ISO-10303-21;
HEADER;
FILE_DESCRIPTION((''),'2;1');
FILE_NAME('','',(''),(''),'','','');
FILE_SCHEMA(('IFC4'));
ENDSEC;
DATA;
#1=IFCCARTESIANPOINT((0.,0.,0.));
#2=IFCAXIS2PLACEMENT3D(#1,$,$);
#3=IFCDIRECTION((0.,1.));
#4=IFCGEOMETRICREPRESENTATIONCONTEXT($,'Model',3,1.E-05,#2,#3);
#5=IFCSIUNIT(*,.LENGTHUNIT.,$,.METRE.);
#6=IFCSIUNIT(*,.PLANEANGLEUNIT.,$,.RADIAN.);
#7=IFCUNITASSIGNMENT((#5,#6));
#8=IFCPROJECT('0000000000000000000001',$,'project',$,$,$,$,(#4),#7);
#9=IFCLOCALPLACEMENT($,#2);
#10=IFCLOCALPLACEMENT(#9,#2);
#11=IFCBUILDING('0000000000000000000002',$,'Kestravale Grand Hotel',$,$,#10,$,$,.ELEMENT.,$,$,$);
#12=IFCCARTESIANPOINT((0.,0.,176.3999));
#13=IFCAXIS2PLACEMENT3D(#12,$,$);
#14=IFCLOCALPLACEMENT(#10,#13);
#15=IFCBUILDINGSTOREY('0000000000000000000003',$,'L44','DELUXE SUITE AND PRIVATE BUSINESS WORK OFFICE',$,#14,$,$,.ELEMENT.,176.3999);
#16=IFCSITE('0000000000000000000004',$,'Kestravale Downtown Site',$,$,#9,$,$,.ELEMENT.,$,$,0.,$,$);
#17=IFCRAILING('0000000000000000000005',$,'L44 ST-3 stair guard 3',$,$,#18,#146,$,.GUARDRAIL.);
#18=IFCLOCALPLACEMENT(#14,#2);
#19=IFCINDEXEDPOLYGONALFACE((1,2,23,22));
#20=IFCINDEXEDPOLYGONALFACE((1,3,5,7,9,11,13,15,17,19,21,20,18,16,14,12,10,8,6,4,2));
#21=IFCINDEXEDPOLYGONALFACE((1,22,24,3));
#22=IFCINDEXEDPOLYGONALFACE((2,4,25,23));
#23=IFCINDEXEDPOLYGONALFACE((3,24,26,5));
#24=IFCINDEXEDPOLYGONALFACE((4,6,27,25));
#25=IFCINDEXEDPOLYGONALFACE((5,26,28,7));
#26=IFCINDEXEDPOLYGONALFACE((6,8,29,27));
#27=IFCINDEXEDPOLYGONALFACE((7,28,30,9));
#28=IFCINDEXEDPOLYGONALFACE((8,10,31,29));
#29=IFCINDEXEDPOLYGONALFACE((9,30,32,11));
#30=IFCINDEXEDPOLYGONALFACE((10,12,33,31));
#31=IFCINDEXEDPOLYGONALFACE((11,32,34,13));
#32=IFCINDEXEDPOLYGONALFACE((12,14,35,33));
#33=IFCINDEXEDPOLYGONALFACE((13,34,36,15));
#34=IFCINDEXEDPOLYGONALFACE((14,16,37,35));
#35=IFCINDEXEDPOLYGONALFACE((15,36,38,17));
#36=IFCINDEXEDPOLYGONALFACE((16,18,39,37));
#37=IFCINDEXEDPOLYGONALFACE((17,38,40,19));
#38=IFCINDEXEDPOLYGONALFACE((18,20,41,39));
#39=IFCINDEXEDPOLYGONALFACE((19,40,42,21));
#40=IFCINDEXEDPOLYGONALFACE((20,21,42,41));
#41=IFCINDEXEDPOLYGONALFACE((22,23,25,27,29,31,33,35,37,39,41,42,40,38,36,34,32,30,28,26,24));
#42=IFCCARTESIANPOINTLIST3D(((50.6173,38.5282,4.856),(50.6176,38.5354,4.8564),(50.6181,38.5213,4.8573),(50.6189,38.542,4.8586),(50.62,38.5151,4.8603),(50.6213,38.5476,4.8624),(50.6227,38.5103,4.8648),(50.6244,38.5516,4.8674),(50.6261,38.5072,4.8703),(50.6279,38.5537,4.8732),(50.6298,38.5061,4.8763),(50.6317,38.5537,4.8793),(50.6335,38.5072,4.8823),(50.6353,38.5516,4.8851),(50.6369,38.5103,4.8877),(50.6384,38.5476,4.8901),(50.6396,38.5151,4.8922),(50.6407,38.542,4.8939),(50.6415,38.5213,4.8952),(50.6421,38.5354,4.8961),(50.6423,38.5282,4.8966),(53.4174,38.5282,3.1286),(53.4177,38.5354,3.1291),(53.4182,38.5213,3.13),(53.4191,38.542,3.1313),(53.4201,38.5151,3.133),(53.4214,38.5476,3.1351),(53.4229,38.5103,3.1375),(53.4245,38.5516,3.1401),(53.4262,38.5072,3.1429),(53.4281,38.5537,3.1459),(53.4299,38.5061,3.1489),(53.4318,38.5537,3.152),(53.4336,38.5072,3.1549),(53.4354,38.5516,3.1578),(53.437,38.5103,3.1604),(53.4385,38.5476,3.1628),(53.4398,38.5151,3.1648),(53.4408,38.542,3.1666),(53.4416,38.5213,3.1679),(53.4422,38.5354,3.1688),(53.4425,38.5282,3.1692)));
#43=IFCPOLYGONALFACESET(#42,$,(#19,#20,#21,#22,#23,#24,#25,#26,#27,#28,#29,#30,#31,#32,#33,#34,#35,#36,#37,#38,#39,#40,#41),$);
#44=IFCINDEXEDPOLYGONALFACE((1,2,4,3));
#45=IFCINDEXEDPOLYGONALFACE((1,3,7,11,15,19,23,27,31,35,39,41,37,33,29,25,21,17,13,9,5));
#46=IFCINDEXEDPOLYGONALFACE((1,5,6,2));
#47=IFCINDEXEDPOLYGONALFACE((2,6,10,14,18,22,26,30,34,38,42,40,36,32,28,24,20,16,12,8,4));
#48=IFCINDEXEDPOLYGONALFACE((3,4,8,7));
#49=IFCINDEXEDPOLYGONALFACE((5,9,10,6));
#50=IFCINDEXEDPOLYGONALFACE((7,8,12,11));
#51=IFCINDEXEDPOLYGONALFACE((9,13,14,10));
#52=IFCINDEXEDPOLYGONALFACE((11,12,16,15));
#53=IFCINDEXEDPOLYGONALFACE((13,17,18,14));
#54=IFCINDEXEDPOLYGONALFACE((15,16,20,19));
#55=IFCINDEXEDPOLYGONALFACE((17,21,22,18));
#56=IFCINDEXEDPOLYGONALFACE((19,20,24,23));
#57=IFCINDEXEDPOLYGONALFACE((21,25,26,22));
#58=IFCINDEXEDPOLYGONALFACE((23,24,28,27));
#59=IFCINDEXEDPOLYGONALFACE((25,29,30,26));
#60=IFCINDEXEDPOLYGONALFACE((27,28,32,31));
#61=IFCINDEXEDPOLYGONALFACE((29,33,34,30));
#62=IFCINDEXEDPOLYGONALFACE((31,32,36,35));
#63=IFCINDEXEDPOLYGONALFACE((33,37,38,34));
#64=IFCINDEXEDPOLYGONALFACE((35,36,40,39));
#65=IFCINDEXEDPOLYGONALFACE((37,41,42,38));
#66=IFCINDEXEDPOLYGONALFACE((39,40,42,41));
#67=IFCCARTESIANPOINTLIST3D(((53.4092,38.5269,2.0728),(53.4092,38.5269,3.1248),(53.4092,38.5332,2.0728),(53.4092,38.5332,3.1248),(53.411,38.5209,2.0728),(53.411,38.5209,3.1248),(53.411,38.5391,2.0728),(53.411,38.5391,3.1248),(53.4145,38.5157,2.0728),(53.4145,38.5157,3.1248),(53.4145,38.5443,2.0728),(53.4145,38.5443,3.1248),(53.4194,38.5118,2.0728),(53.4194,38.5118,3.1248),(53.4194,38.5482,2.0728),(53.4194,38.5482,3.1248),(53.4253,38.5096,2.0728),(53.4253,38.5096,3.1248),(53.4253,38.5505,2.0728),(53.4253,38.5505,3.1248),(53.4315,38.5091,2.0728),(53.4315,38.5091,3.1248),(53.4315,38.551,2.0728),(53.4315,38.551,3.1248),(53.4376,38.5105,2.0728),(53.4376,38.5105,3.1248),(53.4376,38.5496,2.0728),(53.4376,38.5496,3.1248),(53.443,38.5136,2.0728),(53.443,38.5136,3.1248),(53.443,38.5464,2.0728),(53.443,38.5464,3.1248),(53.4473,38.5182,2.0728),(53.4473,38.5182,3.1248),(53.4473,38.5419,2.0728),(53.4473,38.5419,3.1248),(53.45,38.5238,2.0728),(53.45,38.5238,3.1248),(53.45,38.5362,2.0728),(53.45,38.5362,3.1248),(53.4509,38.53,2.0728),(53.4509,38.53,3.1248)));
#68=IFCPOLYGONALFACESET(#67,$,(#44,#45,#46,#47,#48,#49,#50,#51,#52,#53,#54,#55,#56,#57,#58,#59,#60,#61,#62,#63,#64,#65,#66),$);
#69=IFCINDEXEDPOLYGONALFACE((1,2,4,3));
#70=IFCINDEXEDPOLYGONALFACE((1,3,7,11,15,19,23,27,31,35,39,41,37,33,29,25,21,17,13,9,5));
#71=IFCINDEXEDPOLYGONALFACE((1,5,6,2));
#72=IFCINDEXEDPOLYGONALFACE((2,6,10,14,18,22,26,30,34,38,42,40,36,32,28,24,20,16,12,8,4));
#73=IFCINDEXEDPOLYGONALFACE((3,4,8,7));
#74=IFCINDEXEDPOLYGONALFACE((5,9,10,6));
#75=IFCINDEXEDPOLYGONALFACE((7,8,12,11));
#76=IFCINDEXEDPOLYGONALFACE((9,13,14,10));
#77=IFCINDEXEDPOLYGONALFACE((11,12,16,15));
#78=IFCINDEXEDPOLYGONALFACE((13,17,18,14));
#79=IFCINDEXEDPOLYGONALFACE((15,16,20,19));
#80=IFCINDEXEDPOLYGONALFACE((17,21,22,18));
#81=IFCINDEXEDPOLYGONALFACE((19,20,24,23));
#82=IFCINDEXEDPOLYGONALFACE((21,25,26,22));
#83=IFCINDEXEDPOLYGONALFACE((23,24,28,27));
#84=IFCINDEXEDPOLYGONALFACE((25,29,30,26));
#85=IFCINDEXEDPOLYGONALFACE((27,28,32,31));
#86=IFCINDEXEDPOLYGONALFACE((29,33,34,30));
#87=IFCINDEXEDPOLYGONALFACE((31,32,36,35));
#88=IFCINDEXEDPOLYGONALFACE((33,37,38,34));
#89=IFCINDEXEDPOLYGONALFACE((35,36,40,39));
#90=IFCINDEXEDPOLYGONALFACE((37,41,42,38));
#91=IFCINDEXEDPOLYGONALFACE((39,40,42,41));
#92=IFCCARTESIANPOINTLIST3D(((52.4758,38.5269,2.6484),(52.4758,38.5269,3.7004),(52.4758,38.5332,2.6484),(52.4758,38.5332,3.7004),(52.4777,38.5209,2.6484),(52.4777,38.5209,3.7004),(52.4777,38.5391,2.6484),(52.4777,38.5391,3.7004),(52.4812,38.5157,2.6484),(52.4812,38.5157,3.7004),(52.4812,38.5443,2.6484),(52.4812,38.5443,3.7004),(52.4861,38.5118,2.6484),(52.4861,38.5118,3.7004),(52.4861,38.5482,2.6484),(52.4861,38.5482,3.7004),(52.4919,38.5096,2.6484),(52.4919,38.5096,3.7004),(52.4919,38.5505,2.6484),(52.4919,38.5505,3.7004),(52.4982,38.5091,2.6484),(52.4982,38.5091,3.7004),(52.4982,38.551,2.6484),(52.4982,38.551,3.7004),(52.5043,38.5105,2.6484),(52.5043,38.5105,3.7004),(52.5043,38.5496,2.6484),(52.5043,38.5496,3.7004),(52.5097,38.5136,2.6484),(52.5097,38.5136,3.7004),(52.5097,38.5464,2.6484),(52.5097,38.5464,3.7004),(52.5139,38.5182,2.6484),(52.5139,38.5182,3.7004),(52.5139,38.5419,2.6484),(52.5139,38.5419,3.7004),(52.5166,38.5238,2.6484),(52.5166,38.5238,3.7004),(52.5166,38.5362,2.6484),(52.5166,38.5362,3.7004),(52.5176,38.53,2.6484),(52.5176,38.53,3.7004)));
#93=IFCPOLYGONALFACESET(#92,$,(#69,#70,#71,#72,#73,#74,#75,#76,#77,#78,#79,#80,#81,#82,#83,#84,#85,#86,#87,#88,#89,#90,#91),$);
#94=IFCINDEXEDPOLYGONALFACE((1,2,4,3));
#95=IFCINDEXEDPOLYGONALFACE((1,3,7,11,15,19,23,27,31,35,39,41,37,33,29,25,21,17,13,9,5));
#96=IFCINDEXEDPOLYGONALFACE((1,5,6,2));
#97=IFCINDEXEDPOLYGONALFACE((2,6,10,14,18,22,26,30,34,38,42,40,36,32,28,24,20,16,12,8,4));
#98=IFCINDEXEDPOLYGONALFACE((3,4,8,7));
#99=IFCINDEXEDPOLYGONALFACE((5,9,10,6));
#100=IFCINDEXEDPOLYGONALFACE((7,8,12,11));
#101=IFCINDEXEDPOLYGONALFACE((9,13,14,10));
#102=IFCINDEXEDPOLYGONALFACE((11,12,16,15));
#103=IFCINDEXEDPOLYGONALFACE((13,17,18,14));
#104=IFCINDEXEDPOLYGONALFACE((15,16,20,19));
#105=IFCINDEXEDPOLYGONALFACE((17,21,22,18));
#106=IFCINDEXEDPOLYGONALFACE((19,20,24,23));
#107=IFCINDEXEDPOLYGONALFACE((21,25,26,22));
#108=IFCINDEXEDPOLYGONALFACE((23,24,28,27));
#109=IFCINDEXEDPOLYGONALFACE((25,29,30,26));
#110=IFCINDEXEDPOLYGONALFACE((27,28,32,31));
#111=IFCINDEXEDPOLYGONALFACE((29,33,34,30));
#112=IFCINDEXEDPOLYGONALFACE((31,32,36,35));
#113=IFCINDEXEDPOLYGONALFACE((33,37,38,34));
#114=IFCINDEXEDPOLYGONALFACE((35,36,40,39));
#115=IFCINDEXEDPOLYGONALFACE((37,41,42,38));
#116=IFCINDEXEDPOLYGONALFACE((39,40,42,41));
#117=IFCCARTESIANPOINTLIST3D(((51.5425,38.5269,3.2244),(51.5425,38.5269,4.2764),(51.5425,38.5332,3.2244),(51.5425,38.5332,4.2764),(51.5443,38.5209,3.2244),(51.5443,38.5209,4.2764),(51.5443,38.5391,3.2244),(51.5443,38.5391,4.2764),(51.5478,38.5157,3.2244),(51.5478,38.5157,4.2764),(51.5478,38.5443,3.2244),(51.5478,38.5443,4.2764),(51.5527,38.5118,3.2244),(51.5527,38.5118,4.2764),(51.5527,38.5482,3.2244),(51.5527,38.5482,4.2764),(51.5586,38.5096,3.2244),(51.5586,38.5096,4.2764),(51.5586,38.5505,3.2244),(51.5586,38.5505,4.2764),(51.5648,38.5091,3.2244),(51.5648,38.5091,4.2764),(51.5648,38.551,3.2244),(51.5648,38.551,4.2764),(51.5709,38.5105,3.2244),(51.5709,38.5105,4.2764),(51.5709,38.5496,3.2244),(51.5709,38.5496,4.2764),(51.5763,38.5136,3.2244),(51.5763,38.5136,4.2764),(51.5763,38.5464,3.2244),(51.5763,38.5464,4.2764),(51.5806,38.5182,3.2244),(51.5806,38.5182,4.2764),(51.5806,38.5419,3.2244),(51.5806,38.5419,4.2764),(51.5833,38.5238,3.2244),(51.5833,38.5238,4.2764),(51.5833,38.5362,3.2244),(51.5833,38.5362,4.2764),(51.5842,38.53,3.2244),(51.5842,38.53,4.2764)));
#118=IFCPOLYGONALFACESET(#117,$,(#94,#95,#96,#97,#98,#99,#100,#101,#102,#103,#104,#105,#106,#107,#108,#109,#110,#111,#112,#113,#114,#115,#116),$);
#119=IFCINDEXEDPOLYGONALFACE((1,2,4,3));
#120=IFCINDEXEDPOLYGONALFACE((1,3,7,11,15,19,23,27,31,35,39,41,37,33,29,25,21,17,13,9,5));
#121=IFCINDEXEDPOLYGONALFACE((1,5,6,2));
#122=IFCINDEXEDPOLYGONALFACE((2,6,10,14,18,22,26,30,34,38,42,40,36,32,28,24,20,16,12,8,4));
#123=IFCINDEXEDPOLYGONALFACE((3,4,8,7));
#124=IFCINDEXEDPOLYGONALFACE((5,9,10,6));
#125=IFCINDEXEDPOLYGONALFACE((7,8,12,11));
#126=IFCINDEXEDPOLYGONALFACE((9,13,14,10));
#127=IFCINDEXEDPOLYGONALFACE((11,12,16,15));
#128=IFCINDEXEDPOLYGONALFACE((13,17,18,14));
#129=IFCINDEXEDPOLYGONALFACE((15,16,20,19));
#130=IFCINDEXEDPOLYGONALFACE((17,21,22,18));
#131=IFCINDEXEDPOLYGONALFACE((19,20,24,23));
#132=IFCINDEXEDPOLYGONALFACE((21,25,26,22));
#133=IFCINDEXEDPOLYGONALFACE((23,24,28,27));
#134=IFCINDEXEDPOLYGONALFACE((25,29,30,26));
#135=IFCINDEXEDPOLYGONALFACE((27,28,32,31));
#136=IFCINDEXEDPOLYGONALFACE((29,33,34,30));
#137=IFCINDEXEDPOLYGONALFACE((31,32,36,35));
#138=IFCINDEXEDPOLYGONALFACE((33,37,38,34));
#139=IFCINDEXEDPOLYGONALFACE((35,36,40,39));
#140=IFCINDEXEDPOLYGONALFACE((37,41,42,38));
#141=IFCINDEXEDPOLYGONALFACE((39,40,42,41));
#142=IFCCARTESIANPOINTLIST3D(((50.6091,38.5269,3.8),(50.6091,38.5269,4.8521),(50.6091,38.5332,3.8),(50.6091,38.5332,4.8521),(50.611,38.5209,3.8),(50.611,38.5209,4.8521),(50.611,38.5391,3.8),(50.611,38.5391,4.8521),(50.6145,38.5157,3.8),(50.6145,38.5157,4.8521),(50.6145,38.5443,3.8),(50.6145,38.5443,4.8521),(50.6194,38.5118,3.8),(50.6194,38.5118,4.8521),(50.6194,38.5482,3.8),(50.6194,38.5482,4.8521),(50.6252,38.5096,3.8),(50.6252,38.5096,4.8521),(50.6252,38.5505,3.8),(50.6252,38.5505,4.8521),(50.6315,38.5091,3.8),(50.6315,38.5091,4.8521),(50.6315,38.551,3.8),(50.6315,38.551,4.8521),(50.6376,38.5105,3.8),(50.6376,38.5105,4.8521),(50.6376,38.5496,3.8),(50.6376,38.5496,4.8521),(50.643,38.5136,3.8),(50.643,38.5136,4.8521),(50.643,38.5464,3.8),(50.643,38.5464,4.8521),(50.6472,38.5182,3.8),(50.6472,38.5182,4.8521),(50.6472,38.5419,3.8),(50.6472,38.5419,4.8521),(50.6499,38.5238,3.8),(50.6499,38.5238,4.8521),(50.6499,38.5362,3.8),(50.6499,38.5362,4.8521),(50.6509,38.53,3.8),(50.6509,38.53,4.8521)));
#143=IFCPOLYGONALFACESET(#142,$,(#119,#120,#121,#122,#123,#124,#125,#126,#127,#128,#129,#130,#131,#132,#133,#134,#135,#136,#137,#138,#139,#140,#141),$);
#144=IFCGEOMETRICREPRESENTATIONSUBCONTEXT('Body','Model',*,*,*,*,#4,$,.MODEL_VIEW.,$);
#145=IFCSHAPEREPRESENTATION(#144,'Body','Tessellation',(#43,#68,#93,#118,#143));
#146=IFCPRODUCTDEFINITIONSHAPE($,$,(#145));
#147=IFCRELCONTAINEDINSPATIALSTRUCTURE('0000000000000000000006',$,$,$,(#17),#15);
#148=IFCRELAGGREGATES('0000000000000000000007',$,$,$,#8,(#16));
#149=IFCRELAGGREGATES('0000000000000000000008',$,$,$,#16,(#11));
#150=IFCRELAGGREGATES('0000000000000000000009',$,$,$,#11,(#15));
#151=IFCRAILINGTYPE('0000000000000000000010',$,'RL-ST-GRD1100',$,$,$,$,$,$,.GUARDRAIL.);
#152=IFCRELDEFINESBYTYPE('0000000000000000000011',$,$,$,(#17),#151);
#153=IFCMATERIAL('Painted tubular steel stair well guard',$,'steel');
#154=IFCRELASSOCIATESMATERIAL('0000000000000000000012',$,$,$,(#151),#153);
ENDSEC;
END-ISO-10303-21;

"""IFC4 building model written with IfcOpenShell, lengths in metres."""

from ifc_helpers import new_model, si_unit, direction, frame, origin, origin_2d, place, context, subcontext, project, spatial, circle, extrude, material, type_object, element, save


model = new_model("IFC4")

# Units and contexts
model_context = context("Model", 3, precision=1e-05, world=origin(), true_north=direction((0.0, 1.0)))
body_context = subcontext(model_context, "Body", "Model", "MODEL_VIEW")
ifc_project = project(units=[si_unit("LENGTHUNIT", "METRE"), si_unit("PLANEANGLEUNIT", "RADIAN")], contexts=[model_context])

# Site, building, storey
site_placement = place(None, origin())
site = spatial("IfcSite", under=ifc_project, at=site_placement, Name="Kestravale Downtown Site", CompositionType="ELEMENT", RefElevation=0.0)
building_placement = place(site_placement, origin())
building = spatial("IfcBuilding", under=site, at=building_placement, Name="Kestravale Grand Hotel", CompositionType="ELEMENT")
storey_placement = place(building_placement, frame((0.0, 0.0, 176.3999)))
storey = spatial("IfcBuildingStorey", under=building, at=storey_placement, Name="L44", Description="DELUXE SUITE AND PRIVATE BUSINESS WORK OFFICE", CompositionType="ELEMENT", Elevation=176.3999)

# Railing
ifc_material_1 = material(Name="Painted tubular steel stair well guard", Category="steel")
railing_type_1 = type_object("IfcRailingType", Name="RL-ST-GRD1100", PredefinedType="GUARDRAIL", material=ifc_material_1)
railing_1_placement = place(storey_placement, frame((53.4299, 38.53, 2.0728)))
element("IfcRailing", 1, at=railing_1_placement, inside=storey, type_object=railing_type_1, Name="L44 ST-3 stair guard 3", PredefinedType="GUARDRAIL", context=body_context, shape_type="SweptSolid", body=[
    extrude(circle(Radius=0.0239, at=origin_2d()), frame((0.0, 0.0, 1.0762), z_axis=(-0.85109, 0.0, 0.52502), x_axis=(0.0, -1.0, 0.0)), (0.0, 0.0, 1.0), 3.29),
    extrude(circle(Radius=0.021, at=origin_2d()), origin(), (0.0, 0.0, 1.0), 1.052),
    extrude(circle(Radius=0.021, at=origin_2d()), frame((-0.9333, 0.0, 0.5757)), (0.0, 0.0, 1.0), 1.052),
    extrude(circle(Radius=0.021, at=origin_2d()), frame((-1.8667, 0.0, 1.1516)), (0.0, 0.0, 1.0), 1.052),
    extrude(circle(Radius=0.021, at=origin_2d()), frame((-2.8, 0.0, 1.7273)), (0.0, 0.0, 1.0), 1.052),
])

save(model, "model.ifc")
